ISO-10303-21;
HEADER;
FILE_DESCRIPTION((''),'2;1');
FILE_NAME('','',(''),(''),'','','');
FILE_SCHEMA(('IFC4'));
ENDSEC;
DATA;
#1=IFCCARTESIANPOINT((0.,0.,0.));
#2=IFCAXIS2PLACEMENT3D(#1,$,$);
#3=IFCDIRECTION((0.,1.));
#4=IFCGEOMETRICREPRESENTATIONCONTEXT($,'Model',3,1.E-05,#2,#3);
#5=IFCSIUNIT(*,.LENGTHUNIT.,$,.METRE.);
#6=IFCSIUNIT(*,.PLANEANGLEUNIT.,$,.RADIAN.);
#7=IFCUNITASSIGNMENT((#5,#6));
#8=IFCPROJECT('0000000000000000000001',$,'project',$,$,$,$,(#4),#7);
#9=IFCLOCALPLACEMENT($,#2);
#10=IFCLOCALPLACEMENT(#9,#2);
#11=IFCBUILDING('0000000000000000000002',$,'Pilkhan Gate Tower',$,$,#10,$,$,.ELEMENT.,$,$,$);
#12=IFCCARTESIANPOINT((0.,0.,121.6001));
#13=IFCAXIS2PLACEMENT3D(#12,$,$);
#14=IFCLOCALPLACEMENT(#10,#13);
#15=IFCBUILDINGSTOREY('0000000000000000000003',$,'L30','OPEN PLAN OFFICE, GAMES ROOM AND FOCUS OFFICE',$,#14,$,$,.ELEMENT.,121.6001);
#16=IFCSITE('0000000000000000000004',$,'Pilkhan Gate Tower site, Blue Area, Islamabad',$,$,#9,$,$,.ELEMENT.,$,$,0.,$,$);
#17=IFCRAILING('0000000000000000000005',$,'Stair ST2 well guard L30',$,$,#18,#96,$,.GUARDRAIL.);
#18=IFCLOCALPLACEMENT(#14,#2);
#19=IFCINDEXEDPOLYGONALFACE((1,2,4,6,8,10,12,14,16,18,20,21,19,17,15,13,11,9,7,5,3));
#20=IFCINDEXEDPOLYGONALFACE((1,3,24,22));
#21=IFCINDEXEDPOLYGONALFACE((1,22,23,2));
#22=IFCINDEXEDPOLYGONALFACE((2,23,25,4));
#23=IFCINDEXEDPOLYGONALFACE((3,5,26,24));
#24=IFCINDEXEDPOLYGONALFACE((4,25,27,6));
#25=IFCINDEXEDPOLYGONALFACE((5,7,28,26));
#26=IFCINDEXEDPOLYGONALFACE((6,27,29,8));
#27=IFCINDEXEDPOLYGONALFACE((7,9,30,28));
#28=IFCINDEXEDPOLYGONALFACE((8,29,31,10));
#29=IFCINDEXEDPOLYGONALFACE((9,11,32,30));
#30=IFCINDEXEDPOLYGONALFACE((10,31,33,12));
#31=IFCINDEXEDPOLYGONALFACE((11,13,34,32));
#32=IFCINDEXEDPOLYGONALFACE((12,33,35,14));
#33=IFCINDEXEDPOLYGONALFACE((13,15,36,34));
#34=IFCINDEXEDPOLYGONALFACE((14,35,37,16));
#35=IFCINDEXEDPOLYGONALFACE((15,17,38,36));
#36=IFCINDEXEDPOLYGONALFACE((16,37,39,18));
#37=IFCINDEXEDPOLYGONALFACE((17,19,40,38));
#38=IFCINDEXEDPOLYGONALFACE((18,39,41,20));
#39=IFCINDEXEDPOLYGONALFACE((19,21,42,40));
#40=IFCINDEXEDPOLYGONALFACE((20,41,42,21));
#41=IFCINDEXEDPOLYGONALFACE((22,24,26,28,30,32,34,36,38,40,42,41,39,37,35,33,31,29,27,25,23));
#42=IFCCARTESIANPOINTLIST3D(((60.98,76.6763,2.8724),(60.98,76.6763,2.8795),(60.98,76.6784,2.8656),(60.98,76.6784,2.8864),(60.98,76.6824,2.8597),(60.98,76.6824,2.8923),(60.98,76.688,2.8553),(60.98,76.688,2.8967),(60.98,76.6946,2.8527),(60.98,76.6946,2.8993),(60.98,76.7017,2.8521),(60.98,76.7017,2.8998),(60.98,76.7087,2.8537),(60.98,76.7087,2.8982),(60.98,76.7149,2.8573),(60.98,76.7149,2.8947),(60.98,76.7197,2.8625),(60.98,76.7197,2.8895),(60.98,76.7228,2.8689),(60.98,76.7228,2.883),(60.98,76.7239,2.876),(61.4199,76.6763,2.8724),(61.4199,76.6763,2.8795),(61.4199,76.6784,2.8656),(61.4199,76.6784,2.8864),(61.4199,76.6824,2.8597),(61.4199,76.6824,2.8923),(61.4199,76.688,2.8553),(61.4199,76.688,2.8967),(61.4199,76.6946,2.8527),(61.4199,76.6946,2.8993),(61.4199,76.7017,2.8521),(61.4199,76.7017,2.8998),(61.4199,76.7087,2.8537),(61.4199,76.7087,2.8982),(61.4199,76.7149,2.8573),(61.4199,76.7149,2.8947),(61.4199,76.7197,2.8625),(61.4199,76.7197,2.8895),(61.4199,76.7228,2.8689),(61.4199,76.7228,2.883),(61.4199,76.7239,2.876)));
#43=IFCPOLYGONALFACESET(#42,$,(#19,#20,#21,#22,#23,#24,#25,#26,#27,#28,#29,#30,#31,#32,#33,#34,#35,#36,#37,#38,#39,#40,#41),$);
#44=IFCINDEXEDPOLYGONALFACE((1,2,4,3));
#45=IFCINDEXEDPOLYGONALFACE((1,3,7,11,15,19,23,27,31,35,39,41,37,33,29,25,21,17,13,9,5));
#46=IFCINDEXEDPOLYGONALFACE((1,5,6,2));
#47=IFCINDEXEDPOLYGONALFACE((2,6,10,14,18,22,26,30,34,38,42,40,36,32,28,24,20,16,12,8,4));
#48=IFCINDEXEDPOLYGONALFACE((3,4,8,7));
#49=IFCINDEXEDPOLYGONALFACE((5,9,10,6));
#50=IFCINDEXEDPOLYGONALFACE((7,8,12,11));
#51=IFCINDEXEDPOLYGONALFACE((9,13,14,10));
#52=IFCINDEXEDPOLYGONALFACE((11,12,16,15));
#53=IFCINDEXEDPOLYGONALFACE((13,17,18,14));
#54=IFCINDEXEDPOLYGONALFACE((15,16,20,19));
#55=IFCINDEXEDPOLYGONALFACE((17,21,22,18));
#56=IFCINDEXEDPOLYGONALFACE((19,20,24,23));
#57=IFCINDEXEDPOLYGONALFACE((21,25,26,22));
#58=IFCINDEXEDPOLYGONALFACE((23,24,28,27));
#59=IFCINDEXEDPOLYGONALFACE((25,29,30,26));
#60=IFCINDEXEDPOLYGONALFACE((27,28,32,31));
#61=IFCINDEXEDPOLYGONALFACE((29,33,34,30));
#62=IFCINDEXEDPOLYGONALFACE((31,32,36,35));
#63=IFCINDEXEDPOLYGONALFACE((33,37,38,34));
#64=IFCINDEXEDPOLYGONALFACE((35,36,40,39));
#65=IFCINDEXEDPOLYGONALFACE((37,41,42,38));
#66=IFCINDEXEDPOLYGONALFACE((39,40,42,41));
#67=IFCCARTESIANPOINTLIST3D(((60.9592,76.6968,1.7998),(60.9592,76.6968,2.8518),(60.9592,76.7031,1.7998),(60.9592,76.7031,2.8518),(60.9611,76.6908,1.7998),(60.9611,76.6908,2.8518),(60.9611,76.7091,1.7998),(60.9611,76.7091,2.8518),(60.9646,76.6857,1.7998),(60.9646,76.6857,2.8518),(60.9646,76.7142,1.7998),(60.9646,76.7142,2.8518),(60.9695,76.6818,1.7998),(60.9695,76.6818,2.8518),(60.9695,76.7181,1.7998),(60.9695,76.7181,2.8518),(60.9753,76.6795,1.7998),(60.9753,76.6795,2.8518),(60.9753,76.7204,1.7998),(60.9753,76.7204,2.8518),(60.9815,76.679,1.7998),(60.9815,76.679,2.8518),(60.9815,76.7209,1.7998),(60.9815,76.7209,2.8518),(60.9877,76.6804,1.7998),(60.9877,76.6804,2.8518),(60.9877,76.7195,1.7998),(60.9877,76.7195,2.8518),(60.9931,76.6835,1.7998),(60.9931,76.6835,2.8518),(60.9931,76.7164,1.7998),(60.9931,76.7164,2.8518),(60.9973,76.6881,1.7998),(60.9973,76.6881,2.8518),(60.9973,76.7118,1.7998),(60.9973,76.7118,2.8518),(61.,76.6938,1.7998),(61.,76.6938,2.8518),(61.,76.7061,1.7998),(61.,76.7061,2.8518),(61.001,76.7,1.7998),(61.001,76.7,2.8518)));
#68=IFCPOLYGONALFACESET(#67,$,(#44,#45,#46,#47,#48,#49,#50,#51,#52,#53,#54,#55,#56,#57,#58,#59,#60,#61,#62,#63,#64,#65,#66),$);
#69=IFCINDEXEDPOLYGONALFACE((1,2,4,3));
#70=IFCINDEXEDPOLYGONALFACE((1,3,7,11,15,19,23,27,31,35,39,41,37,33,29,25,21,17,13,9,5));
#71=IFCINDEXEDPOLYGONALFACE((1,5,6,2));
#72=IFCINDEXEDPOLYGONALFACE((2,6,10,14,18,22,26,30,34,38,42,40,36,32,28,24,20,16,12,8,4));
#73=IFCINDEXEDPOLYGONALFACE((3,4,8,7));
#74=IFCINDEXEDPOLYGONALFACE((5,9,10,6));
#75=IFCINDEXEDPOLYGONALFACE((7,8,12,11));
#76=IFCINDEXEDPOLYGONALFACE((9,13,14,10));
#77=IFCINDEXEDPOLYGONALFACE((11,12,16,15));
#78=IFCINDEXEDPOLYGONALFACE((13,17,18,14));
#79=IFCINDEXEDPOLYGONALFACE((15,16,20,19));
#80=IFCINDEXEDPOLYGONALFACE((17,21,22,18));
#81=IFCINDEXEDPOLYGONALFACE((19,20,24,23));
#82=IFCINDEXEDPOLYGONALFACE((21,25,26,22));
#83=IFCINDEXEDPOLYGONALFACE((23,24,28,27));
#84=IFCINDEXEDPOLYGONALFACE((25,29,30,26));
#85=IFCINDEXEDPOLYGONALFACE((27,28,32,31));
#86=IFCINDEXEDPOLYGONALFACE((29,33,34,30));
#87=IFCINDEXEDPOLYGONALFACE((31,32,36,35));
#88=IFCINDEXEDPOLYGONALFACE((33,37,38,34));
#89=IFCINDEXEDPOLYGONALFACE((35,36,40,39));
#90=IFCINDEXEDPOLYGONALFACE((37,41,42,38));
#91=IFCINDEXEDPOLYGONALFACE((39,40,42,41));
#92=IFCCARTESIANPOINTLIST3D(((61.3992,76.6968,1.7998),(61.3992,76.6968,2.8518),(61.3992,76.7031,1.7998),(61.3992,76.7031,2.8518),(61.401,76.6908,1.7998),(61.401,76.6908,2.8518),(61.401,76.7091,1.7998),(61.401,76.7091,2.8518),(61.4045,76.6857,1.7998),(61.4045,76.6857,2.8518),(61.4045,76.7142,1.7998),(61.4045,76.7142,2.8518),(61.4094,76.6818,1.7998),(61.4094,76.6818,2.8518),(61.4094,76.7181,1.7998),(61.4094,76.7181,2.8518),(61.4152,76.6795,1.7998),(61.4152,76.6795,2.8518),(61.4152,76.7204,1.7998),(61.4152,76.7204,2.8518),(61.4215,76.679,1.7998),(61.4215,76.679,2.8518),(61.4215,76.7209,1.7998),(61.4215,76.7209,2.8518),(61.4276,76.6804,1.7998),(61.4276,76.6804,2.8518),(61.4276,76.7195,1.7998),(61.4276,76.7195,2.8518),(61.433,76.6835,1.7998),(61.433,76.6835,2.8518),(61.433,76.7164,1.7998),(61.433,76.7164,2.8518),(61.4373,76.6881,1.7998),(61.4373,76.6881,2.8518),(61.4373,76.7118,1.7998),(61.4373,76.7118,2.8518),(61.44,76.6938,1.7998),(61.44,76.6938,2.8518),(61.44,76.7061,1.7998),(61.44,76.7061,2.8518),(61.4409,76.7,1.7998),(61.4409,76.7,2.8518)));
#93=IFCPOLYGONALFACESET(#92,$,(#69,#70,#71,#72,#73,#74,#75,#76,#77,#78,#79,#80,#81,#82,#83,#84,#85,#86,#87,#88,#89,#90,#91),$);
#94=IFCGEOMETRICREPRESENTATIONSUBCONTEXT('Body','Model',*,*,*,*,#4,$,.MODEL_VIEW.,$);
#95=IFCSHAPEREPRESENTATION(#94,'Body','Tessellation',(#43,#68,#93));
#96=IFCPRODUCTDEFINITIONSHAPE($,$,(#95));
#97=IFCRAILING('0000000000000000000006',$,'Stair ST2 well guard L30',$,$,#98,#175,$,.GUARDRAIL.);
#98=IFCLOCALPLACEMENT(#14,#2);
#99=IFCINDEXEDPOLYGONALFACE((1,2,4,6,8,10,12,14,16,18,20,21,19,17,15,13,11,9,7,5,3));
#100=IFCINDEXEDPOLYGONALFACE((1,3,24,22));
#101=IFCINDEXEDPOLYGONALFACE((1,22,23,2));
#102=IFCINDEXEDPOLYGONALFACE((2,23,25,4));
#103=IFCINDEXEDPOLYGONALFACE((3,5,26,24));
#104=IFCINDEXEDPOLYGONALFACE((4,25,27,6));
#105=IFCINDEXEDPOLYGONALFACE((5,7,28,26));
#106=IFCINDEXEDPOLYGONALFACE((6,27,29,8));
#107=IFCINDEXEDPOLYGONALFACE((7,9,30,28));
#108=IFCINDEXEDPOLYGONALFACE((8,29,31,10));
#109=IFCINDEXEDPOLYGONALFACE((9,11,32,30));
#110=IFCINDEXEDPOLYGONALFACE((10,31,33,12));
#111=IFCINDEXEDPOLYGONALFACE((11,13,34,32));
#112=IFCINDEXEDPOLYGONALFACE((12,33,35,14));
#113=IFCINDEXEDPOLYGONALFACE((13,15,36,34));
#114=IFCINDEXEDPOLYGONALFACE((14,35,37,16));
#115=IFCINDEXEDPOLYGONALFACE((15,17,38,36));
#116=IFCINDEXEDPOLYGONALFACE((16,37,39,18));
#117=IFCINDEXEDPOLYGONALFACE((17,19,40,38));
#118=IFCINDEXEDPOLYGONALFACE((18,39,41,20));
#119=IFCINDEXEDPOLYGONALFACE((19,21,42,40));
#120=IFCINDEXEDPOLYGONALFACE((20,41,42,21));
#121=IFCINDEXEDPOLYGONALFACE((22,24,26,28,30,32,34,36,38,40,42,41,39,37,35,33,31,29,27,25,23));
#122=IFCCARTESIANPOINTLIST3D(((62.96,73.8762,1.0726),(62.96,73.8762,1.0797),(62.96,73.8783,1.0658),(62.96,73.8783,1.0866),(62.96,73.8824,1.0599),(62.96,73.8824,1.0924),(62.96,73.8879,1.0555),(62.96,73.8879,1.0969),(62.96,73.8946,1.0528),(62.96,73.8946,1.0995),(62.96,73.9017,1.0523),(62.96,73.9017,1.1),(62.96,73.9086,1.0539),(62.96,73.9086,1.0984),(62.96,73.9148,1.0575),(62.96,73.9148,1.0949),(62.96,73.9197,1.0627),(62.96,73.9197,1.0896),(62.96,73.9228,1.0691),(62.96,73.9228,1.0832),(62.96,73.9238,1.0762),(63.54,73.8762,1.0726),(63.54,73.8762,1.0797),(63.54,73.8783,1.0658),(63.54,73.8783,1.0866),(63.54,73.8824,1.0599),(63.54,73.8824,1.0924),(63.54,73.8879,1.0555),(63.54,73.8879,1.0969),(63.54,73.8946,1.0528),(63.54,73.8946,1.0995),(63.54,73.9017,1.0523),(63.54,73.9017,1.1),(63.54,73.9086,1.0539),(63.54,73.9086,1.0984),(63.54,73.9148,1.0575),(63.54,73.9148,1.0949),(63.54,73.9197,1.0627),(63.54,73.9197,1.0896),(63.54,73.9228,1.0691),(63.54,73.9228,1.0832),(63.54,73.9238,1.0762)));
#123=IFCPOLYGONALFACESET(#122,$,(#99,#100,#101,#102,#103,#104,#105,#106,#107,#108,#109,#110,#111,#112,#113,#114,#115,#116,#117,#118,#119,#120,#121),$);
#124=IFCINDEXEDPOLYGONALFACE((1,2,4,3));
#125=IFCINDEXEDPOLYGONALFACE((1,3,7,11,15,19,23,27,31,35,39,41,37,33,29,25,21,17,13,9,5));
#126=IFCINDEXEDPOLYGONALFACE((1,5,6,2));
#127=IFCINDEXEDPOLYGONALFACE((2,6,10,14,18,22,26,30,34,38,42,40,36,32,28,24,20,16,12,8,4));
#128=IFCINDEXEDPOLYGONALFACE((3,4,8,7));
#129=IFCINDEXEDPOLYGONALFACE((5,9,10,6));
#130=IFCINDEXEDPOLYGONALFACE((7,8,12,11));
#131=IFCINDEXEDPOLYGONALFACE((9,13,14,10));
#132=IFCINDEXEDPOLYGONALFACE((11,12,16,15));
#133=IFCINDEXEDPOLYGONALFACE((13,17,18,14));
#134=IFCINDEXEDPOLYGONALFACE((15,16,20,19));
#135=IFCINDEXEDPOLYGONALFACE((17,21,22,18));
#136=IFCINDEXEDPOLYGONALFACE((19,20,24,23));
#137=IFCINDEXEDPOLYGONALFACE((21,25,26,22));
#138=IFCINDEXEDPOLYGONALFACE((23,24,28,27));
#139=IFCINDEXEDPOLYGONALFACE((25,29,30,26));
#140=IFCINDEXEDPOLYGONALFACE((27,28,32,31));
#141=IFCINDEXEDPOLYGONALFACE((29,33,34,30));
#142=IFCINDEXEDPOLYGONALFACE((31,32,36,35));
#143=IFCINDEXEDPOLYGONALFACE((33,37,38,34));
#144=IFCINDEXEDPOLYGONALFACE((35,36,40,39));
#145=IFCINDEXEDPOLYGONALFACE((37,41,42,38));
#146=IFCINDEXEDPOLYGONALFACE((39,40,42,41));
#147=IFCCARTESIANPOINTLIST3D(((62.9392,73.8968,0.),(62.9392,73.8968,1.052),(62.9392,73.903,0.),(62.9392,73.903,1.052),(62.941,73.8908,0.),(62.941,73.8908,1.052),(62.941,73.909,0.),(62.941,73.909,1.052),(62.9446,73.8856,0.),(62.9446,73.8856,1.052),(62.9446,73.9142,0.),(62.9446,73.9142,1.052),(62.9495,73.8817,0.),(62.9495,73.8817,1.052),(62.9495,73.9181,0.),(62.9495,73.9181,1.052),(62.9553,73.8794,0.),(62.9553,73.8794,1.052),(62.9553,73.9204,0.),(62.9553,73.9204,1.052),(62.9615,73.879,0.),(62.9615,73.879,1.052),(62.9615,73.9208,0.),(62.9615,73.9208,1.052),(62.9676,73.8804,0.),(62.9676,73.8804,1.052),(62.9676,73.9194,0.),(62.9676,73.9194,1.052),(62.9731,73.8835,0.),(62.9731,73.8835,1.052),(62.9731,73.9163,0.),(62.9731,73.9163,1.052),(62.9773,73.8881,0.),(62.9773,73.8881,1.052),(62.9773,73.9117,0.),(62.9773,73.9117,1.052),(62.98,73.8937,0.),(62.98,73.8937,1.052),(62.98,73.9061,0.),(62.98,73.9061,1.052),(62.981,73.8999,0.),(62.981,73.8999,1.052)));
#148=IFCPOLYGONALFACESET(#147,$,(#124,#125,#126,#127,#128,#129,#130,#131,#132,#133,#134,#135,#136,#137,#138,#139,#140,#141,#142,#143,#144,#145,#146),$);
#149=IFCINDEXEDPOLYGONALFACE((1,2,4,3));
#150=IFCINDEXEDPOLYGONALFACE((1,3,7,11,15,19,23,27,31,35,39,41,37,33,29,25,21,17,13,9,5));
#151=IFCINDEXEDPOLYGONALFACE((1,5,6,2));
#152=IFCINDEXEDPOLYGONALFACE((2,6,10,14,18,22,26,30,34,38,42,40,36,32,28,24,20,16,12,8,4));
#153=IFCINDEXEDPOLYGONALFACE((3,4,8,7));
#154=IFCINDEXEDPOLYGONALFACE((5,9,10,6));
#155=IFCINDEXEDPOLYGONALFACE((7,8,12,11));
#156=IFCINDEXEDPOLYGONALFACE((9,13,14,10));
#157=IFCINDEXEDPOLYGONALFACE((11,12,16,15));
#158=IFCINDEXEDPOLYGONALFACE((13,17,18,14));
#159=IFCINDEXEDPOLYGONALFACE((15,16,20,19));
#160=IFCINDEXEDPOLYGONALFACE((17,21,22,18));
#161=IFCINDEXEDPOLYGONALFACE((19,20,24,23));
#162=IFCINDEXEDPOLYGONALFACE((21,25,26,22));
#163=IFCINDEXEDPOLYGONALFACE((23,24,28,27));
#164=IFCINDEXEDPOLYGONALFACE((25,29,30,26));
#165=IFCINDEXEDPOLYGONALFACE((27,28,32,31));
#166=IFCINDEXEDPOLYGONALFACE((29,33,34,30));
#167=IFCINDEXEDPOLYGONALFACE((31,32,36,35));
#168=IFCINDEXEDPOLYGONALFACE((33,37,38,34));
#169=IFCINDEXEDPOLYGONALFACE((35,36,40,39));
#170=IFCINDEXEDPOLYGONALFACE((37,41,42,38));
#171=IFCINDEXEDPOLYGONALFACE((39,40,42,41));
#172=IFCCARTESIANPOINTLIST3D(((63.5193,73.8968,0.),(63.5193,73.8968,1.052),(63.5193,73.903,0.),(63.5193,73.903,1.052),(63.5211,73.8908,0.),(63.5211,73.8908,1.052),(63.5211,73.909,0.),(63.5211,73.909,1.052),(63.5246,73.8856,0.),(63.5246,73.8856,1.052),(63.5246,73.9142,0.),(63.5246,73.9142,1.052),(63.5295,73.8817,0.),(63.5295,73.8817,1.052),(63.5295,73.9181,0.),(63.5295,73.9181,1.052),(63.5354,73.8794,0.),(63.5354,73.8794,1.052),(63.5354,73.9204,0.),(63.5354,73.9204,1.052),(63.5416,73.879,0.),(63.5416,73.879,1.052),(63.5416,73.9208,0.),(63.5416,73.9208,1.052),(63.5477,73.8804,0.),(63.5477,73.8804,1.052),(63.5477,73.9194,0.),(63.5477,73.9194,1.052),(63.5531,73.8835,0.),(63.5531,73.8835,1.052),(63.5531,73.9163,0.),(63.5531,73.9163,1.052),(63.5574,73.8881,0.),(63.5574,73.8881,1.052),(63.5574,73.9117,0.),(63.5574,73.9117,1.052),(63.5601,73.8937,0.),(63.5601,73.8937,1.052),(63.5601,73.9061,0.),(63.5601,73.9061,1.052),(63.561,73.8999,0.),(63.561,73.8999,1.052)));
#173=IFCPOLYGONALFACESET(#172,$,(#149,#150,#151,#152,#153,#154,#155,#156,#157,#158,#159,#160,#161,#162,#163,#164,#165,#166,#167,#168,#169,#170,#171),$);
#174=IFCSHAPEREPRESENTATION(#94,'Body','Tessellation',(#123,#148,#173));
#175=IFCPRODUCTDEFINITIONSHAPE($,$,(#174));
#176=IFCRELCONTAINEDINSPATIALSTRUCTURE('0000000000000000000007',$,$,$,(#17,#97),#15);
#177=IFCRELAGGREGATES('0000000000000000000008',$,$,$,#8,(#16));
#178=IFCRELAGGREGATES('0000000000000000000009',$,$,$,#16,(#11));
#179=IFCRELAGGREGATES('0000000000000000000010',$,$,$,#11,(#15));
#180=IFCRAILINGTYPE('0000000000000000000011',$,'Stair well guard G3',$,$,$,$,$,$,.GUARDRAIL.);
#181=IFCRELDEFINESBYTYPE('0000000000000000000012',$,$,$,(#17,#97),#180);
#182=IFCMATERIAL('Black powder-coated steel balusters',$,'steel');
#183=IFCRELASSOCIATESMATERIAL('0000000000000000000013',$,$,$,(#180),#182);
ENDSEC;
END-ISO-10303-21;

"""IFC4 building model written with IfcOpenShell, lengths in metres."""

from ifc_helpers import new_model, si_unit, direction, frame, origin, origin_2d, place, context, subcontext, project, spatial, circle, extrude, material, type_object, element, save


model = new_model("IFC4")

# Units and contexts
model_context = context("Model", 3, precision=1e-05, world=origin(), true_north=direction((0.0, 1.0)))
body_context = subcontext(model_context, "Body", "Model", "MODEL_VIEW")
ifc_project = project(units=[si_unit("LENGTHUNIT", "METRE"), si_unit("PLANEANGLEUNIT", "RADIAN")], contexts=[model_context])

# Site, building, storey
site_placement = place(None, origin())
site = spatial("IfcSite", under=ifc_project, at=site_placement, Name="Pilkhan Gate Tower site, Blue Area, Islamabad", CompositionType="ELEMENT", RefElevation=0.0)
building_placement = place(site_placement, origin())
building = spatial("IfcBuilding", under=site, at=building_placement, Name="Pilkhan Gate Tower", CompositionType="ELEMENT")
storey_placement = place(building_placement, frame((0.0, 0.0, 121.6001)))
storey = spatial("IfcBuildingStorey", under=building, at=storey_placement, Name="L30", Description="OPEN PLAN OFFICE, GAMES ROOM AND FOCUS OFFICE", CompositionType="ELEMENT", Elevation=121.6001)

# Railings
ifc_material_1 = material(Name="Black powder-coated steel balusters", Category="steel")
railing_type_1 = type_object("IfcRailingType", Name="Stair well guard G3", PredefinedType="GUARDRAIL", material=ifc_material_1)
railing_1_placement = place(storey_placement, frame((60.98, 76.7, 1.7998)))
element("IfcRailing", 1, at=railing_1_placement, inside=storey, type_object=railing_type_1, Name="Stair ST2 well guard L30", PredefinedType="GUARDRAIL", context=body_context, shape_type="SweptSolid", body=[
    extrude(circle(Radius=0.0239, at=origin_2d()), frame((0.0, 0.0, 1.0762), z_axis=(1.0, 0.0, 0.0), x_axis=(0.0, 1.0, 0.0)), (0.0, 0.0, 1.0), 0.4399),
    extrude(circle(Radius=0.021, at=origin_2d()), origin(), (0.0, 0.0, 1.0), 1.052),
    extrude(circle(Radius=0.021, at=origin_2d()), frame((0.4399, 0.0, 0.0)), (0.0, 0.0, 1.0), 1.052),
])
for number, where, name in (
    (2, (62.96, 73.8999, 0.0), "Stair ST2 well guard L30"),
):
    element("IfcRailing", number, at=place(storey_placement, frame(where)), inside=storey, type_object=railing_type_1, Name=name, PredefinedType="GUARDRAIL", context=body_context, shape_type="SweptSolid", body=[
        extrude(circle(Radius=0.0239, at=origin_2d()), frame((0.0, 0.0, 1.0762), z_axis=(1.0, 0.0, 0.0), x_axis=(0.0, 1.0, 0.0)), (0.0, 0.0, 1.0), 0.5801),
        extrude(circle(Radius=0.021, at=origin_2d()), origin(), (0.0, 0.0, 1.0), 1.052),
        extrude(circle(Radius=0.021, at=origin_2d()), frame((0.5801, 0.0, 0.0)), (0.0, 0.0, 1.0), 1.052),
    ])

save(model, "model.ifc")
